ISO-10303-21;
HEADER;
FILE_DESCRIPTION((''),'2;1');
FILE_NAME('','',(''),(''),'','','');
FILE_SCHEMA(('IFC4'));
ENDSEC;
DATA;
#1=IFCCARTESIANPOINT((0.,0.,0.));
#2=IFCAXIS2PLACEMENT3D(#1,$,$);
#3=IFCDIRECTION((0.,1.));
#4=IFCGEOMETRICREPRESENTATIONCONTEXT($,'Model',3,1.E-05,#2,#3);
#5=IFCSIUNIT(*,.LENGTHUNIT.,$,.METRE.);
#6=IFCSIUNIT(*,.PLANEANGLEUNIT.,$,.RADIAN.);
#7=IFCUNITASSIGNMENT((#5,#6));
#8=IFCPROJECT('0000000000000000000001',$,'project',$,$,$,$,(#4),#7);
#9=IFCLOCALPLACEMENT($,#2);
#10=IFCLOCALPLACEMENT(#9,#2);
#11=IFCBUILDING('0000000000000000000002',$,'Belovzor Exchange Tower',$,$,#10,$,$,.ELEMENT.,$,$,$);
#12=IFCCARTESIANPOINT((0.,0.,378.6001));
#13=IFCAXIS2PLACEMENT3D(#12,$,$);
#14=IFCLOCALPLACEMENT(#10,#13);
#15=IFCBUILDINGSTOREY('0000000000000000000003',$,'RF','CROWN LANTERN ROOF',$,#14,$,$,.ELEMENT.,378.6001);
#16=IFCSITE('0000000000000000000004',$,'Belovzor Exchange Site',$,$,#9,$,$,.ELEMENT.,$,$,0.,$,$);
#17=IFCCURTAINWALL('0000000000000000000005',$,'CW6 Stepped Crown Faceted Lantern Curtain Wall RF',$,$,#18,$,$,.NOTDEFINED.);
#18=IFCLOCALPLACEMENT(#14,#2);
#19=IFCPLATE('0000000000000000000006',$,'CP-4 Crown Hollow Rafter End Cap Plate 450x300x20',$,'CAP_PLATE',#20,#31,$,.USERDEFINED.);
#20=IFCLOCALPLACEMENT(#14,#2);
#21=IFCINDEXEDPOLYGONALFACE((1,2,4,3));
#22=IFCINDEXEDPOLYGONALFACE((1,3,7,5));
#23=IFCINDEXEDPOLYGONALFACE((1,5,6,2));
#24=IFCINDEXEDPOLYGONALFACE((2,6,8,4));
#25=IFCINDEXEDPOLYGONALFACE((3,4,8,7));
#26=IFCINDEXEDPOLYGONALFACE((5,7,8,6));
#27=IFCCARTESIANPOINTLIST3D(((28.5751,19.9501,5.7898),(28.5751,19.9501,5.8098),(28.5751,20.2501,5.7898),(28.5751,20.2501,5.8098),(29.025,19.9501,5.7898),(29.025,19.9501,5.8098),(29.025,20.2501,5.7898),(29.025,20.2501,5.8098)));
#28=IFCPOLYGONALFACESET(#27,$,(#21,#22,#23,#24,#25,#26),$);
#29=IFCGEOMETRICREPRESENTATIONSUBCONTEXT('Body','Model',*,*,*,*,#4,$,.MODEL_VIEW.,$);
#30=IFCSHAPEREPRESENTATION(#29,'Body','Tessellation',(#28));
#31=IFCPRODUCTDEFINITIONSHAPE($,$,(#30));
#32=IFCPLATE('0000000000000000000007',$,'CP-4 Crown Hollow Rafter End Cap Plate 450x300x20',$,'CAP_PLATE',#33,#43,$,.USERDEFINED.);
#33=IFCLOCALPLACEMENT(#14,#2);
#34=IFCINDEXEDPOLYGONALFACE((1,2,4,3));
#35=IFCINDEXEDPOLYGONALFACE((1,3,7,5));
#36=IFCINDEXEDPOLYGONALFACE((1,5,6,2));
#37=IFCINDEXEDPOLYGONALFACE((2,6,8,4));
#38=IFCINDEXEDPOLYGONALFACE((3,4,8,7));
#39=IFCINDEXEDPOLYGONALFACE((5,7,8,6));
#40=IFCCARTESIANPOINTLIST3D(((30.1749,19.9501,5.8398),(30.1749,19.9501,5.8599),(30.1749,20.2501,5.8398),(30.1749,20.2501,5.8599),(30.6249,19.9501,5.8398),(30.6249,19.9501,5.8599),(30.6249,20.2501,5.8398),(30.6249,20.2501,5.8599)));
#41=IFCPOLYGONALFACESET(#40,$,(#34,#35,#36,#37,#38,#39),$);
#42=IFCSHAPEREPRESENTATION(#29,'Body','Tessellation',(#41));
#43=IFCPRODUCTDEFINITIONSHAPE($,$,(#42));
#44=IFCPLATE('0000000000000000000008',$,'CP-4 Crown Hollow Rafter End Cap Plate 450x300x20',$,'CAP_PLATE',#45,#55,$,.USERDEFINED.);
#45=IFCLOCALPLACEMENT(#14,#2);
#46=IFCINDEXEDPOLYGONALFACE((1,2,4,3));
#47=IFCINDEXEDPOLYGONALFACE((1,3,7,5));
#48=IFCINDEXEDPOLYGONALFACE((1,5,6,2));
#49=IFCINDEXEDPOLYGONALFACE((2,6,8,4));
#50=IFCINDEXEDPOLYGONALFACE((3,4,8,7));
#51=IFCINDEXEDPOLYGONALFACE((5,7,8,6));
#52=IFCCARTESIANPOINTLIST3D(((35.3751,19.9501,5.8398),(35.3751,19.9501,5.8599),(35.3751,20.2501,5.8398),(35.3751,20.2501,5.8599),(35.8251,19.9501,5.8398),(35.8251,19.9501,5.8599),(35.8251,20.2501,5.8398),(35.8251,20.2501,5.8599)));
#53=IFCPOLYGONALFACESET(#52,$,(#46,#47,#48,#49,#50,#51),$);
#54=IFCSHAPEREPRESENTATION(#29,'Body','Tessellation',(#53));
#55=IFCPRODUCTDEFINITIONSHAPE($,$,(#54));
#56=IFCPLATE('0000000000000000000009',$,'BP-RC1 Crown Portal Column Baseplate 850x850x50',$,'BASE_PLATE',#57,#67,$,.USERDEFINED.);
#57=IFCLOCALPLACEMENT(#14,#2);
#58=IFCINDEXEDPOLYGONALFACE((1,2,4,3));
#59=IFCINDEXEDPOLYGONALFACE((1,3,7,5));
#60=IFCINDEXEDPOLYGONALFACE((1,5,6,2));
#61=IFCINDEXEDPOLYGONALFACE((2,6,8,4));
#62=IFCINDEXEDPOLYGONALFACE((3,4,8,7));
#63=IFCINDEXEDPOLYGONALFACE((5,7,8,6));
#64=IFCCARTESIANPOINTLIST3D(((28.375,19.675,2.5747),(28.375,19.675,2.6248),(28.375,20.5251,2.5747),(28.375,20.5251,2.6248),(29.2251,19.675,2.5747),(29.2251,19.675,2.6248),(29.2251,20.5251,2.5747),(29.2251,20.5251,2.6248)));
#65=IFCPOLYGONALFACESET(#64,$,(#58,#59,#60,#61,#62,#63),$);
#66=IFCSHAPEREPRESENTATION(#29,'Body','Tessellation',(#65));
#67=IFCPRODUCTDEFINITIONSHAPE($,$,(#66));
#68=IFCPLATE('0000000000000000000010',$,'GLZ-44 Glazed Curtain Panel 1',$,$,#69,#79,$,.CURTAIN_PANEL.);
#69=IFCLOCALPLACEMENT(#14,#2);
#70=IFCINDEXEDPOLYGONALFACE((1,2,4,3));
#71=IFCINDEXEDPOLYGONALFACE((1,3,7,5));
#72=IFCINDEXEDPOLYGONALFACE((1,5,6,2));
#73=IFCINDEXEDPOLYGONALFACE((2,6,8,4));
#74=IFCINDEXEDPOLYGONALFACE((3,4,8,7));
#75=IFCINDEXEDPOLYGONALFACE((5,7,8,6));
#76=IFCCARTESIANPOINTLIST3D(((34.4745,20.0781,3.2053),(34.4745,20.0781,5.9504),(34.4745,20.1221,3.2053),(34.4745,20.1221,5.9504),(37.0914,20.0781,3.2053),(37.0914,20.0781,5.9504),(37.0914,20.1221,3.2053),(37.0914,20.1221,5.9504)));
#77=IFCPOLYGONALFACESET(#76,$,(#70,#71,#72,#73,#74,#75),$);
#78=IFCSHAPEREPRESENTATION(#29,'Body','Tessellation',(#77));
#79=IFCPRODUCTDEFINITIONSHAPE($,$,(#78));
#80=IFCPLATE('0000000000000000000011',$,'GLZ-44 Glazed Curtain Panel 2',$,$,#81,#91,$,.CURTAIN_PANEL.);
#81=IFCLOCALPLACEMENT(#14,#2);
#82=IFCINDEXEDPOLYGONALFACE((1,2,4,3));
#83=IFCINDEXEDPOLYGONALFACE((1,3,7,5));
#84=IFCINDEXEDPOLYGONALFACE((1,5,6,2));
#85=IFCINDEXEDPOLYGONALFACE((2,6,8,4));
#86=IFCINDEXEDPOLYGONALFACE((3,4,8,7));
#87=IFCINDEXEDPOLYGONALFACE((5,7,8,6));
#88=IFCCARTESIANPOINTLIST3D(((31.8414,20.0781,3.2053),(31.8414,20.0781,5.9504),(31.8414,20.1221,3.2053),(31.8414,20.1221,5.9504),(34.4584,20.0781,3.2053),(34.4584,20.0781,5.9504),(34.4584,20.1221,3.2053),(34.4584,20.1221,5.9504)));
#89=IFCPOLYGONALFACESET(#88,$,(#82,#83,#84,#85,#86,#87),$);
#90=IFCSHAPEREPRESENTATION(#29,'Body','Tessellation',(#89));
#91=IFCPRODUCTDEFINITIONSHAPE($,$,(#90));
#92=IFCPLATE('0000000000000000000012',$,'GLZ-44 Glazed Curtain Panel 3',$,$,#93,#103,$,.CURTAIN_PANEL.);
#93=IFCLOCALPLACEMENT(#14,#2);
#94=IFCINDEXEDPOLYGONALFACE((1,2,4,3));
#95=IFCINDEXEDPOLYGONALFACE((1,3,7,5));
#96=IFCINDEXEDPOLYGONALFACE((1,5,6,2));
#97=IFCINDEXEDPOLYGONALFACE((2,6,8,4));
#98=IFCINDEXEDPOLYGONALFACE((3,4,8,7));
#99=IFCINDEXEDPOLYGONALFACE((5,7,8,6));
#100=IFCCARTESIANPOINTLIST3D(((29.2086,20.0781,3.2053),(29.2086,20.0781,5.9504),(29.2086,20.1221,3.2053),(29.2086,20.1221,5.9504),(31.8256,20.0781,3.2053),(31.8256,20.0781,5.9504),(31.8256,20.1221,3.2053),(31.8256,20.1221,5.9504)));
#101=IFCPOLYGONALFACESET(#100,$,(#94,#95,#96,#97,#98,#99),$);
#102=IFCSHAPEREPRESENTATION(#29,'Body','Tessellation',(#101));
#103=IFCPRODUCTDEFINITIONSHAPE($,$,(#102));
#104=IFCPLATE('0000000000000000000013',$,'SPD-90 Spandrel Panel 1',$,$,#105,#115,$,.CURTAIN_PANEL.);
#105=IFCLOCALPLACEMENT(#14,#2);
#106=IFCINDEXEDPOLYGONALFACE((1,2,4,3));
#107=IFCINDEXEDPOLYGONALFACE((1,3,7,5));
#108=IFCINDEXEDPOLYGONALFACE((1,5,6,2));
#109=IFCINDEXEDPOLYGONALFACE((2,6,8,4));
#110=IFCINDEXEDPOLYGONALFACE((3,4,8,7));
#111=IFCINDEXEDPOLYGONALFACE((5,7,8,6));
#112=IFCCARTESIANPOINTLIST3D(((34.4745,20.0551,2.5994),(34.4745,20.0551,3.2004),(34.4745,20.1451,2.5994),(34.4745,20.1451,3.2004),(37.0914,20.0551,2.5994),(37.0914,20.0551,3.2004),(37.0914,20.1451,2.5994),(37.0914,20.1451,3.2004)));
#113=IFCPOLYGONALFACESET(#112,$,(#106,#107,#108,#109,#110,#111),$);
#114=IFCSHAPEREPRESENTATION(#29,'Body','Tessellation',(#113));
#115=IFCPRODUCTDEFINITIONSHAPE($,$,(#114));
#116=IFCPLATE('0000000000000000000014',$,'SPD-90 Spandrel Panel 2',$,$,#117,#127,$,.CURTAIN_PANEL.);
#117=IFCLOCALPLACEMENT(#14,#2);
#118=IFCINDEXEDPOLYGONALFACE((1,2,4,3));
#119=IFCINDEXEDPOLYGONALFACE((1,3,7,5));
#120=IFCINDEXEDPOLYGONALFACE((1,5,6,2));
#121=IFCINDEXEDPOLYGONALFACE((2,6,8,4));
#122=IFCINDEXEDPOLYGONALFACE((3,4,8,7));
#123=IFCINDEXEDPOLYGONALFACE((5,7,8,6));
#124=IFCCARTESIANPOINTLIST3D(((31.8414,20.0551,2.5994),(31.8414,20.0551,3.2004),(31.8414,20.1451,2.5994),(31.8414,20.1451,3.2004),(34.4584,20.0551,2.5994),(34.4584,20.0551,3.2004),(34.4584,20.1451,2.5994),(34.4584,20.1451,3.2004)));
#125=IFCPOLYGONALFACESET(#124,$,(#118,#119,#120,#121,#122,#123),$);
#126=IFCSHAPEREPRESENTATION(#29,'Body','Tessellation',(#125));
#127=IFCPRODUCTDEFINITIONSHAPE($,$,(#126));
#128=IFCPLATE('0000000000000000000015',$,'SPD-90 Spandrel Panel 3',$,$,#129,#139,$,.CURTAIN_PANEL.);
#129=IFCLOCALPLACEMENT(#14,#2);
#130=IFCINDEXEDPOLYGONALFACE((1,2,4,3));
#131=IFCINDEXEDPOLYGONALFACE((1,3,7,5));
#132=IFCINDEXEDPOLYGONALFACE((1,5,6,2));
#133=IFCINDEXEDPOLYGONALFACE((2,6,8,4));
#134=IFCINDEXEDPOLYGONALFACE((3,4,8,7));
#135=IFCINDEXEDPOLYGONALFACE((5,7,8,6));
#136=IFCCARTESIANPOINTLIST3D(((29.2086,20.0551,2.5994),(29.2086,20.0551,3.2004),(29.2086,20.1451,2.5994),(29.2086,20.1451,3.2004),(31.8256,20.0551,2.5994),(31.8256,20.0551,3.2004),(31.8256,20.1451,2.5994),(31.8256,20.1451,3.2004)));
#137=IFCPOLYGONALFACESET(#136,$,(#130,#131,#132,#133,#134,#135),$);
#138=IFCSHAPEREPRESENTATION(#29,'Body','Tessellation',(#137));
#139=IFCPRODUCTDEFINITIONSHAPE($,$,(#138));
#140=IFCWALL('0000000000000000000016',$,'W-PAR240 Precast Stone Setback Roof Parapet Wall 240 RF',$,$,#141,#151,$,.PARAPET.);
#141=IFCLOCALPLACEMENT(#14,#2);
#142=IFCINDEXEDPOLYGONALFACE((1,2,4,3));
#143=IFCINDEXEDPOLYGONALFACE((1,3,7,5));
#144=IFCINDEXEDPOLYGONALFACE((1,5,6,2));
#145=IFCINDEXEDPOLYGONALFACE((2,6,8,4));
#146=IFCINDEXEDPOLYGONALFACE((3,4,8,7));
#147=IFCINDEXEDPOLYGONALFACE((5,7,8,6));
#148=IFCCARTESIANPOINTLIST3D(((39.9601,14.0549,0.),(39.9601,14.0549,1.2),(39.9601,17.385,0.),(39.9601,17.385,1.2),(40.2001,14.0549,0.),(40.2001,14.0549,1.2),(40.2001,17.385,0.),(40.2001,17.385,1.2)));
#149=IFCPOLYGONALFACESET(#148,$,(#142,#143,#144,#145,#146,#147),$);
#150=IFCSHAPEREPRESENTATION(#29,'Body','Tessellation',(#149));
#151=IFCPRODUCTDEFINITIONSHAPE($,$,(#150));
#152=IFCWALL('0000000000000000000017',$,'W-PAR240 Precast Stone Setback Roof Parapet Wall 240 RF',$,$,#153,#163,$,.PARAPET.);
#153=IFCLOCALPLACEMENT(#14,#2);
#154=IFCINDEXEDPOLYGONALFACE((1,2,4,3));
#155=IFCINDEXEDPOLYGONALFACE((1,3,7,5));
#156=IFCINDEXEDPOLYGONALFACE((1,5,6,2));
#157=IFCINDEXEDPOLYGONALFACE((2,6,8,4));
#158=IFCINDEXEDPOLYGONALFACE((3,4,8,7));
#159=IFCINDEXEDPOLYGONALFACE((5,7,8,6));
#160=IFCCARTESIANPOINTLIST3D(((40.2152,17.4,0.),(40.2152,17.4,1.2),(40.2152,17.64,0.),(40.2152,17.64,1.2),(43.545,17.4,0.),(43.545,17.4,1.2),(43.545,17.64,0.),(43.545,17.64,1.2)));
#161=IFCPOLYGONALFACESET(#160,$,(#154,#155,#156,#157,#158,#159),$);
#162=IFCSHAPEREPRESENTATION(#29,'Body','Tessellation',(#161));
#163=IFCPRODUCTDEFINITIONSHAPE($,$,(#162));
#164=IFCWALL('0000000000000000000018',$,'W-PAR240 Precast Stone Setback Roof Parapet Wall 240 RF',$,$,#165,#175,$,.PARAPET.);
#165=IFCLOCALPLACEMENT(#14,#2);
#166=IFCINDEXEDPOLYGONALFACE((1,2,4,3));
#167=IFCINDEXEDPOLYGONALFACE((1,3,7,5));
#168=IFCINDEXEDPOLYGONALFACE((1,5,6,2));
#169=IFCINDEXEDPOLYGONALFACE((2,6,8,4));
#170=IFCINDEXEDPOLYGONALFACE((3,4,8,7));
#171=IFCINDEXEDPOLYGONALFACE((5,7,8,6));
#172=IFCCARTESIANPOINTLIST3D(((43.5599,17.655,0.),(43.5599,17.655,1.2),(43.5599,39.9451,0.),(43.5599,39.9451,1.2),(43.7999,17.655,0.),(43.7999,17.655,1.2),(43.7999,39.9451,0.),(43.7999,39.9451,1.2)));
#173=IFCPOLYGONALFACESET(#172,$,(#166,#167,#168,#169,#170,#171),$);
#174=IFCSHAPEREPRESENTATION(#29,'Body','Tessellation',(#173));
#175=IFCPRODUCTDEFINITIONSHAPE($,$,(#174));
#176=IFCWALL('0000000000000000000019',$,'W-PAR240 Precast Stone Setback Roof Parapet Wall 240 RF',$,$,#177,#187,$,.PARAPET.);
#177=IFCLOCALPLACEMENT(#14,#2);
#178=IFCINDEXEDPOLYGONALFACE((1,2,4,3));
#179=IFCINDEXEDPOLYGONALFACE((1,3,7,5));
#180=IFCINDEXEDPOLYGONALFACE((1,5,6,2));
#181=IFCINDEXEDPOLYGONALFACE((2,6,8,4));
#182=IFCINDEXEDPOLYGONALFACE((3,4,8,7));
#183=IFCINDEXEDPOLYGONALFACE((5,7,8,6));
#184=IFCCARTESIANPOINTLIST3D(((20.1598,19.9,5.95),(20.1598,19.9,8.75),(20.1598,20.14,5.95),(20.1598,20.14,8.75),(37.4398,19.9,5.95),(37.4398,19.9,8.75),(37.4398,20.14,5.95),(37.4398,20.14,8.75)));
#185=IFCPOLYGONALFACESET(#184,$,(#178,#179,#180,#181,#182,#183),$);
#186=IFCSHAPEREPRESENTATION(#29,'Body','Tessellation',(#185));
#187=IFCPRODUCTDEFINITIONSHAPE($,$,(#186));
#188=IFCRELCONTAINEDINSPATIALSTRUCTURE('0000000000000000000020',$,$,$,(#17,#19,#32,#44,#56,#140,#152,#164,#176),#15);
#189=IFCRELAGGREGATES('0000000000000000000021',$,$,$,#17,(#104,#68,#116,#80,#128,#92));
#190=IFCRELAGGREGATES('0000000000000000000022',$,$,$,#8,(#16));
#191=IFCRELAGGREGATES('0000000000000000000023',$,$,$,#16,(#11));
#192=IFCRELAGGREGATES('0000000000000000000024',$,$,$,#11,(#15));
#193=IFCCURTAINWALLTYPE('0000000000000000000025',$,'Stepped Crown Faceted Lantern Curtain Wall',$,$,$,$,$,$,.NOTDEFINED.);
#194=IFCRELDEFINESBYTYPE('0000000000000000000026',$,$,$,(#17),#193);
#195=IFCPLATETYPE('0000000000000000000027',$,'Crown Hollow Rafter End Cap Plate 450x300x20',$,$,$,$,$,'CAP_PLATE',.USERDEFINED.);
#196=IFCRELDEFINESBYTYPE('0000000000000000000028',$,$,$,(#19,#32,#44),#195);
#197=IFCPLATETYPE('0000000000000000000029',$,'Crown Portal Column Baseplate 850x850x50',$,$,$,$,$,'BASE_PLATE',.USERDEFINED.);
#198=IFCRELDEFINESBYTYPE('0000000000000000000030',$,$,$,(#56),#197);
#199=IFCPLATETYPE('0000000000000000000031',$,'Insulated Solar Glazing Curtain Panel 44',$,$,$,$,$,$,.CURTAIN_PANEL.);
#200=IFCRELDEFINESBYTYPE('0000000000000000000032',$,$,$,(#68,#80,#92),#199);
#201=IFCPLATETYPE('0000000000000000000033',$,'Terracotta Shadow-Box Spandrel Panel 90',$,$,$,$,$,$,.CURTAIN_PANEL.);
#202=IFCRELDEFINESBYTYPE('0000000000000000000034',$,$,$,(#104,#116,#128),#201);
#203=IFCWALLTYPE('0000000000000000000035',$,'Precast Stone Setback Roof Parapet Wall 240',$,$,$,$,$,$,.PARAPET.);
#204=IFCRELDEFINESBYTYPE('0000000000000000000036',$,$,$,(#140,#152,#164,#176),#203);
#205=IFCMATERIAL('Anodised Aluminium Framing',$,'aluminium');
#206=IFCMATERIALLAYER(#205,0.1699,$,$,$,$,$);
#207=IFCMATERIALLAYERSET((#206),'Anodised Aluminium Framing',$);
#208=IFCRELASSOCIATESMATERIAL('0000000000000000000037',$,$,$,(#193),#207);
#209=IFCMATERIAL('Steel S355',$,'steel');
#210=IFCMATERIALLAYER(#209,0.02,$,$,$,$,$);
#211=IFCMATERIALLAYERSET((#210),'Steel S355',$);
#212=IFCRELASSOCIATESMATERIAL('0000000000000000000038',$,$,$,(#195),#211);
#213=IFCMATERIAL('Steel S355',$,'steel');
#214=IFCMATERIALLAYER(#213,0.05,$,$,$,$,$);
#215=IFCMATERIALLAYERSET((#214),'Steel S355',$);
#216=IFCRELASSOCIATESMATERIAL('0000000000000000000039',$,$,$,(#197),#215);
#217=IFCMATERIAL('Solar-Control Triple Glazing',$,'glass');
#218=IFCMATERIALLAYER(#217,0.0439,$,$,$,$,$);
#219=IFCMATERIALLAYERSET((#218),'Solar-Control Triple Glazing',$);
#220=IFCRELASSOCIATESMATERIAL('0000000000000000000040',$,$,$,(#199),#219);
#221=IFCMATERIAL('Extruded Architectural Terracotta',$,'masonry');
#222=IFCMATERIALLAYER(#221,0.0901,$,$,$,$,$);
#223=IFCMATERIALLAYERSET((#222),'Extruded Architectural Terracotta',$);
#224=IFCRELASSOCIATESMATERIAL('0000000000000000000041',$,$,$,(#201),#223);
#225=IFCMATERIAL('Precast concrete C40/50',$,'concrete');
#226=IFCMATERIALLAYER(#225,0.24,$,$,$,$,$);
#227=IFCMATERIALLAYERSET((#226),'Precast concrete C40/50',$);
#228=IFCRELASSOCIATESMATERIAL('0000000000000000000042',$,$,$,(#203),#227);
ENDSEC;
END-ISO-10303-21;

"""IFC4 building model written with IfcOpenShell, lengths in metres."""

from ifc_helpers import new_model, si_unit, direction, frame, frame_2d, origin, origin_2d, place, context, subcontext, project, spatial, rectangle, extrude, material, layer, layer_set, type_object, element, aggregate, save


model = new_model("IFC4")

# Units and contexts
model_context = context("Model", 3, precision=1e-05, world=origin(), true_north=direction((0.0, 1.0)))
body_context = subcontext(model_context, "Body", "Model", "MODEL_VIEW")
ifc_project = project(units=[si_unit("LENGTHUNIT", "METRE"), si_unit("PLANEANGLEUNIT", "RADIAN")], contexts=[model_context])

# Site, building, storey
site_placement = place(None, origin())
site = spatial("IfcSite", under=ifc_project, at=site_placement, Name="Belovzor Exchange Site", CompositionType="ELEMENT", RefElevation=0.0)
building_placement = place(site_placement, origin())
building = spatial("IfcBuilding", under=site, at=building_placement, Name="Belovzor Exchange Tower", CompositionType="ELEMENT")
storey_placement = place(building_placement, frame((0.0, 0.0, 378.6001)))
storey = spatial("IfcBuildingStorey", under=building, at=storey_placement, Name="RF", Description="CROWN LANTERN ROOF", CompositionType="ELEMENT", Elevation=378.6001)

# Curtain wall
ifc_material_1 = material(Name="Anodised Aluminium Framing", Category="aluminium")
ifc_layer_1 = layer(ifc_material_1, 0.1699)
ifc_layer_set_1 = layer_set([ifc_layer_1], Name="Anodised Aluminium Framing")
curtain_wall_type = type_object("IfcCurtainWallType", Name="Stepped Crown Faceted Lantern Curtain Wall", PredefinedType="NOTDEFINED", material=ifc_layer_set_1)
curtain_wall_placement = place(storey_placement, origin())
curtain_wall = element("IfcCurtainWall", 1, at=curtain_wall_placement, inside=storey, type_object=curtain_wall_type, Name="CW6 Stepped Crown Faceted Lantern Curtain Wall RF", PredefinedType="NOTDEFINED")

# Plates
ifc_material_2 = material(Name="Steel S355", Category="steel")
ifc_layer_2 = layer(ifc_material_2, 0.02)
ifc_layer_set_2 = layer_set([ifc_layer_2], Name="Steel S355")
plate_type_1 = type_object("IfcPlateType", Name="Crown Hollow Rafter End Cap Plate 450x300x20", ElementType="CAP_PLATE", PredefinedType="USERDEFINED", material=ifc_layer_set_2)
for number, where, z_axis, x_axis, name in (
    (2, (28.8, 20.1001, 5.7898), (0.0, 0.0, 1.0), (1.0, 0.0, 0.0), "CP-4 Crown Hollow Rafter End Cap Plate 450x300x20"),
    (3, (30.3999, 20.1001, 5.8398), (0.0, 0.0, 1.0), (1.0, 0.0, 0.0), "CP-4 Crown Hollow Rafter End Cap Plate 450x300x20"),
    (4, (35.6001, 20.1001, 5.8398), (0.0, 0.0, 1.0), (1.0, 0.0, 0.0), "CP-4 Crown Hollow Rafter End Cap Plate 450x300x20"),
):
    element("IfcPlate", number, at=place(storey_placement, frame(where, z_axis=z_axis, x_axis=x_axis)), inside=storey, type_object=plate_type_1, Name=name, ObjectType="CAP_PLATE", PredefinedType="USERDEFINED", context=body_context, shape_type="SweptSolid", body=[
        extrude(rectangle(XDim=0.45, YDim=0.3, at=origin_2d()), origin(), (0.0, 0.0, 1.0), 0.02),
    ])
ifc_material_3 = material(Name="Steel S355", Category="steel")
ifc_layer_3 = layer(ifc_material_3, 0.05)
ifc_layer_set_3 = layer_set([ifc_layer_3], Name="Steel S355")
plate_type_2 = type_object("IfcPlateType", Name="Crown Portal Column Baseplate 850x850x50", ElementType="BASE_PLATE", PredefinedType="USERDEFINED", material=ifc_layer_set_3)
plate_1_placement = place(storey_placement, frame((28.8, 20.1001, 2.5747), z_axis=(0.0, 0.0, 1.0), x_axis=(1.0, 0.0, 0.0)))
element("IfcPlate", 5, at=plate_1_placement, inside=storey, type_object=plate_type_2, Name="BP-RC1 Crown Portal Column Baseplate 850x850x50", ObjectType="BASE_PLATE", PredefinedType="USERDEFINED", context=body_context, shape_type="SweptSolid", body=[
    extrude(rectangle(XDim=0.8501, YDim=0.8501, at=origin_2d()), origin(), (0.0, 0.0, 1.0), 0.05),
])

# Plates
ifc_material_4 = material(Name="Solar-Control Triple Glazing", Category="glass")
ifc_layer_4 = layer(ifc_material_4, 0.0439)
ifc_layer_set_4 = layer_set([ifc_layer_4], Name="Solar-Control Triple Glazing")
plate_type_3 = type_object("IfcPlateType", Name="Insulated Solar Glazing Curtain Panel 44", PredefinedType="CURTAIN_PANEL", material=ifc_layer_set_4)
plate_2_placement = place(storey_placement, frame((35.783, 20.1001, 3.2053), z_axis=(0.0, 0.0, 1.0), x_axis=(-1.0, 0.0, 0.0)))
plate_2 = element("IfcPlate", 6, at=plate_2_placement, type_object=plate_type_3, Name="GLZ-44 Glazed Curtain Panel 1", PredefinedType="CURTAIN_PANEL", context=body_context, shape_type="SweptSolid", body=[
    extrude(rectangle(XDim=2.6169, YDim=0.0439, at=origin_2d()), origin(), (0.0, 0.0, 1.0), 2.7451),
])
plate_3_placement = place(storey_placement, frame((33.1499, 20.1001, 3.2053), z_axis=(0.0, 0.0, 1.0), x_axis=(-1.0, 0.0, 0.0)))
plate_3 = element("IfcPlate", 7, at=plate_3_placement, type_object=plate_type_3, Name="GLZ-44 Glazed Curtain Panel 2", PredefinedType="CURTAIN_PANEL", context=body_context, shape_type="SweptSolid", body=[
    extrude(rectangle(XDim=2.6169, YDim=0.0439, at=origin_2d()), origin(), (0.0, 0.0, 1.0), 2.7451),
])
plate_4_placement = place(storey_placement, frame((30.5171, 20.1001, 3.2053), z_axis=(0.0, 0.0, 1.0), x_axis=(-1.0, 0.0, 0.0)))
plate_4 = element("IfcPlate", 8, at=plate_4_placement, type_object=plate_type_3, Name="GLZ-44 Glazed Curtain Panel 3", PredefinedType="CURTAIN_PANEL", context=body_context, shape_type="SweptSolid", body=[
    extrude(rectangle(XDim=2.6169, YDim=0.0439, at=origin_2d()), origin(), (0.0, 0.0, 1.0), 2.7451),
])
ifc_material_5 = material(Name="Extruded Architectural Terracotta", Category="masonry")
ifc_layer_5 = layer(ifc_material_5, 0.0901)
ifc_layer_set_5 = layer_set([ifc_layer_5], Name="Extruded Architectural Terracotta")
plate_type_4 = type_object("IfcPlateType", Name="Terracotta Shadow-Box Spandrel Panel 90", PredefinedType="CURTAIN_PANEL", material=ifc_layer_set_5)
plate_5_placement = place(storey_placement, frame((35.783, 20.1001, 2.5994), z_axis=(0.0, 0.0, 1.0), x_axis=(-1.0, 0.0, 0.0)))
plate_5 = element("IfcPlate", 9, at=plate_5_placement, type_object=plate_type_4, Name="SPD-90 Spandrel Panel 1", PredefinedType="CURTAIN_PANEL", context=body_context, shape_type="SweptSolid", body=[
    extrude(rectangle(XDim=2.6169, YDim=0.0901, at=origin_2d()), origin(), (0.0, 0.0, 1.0), 0.6011),
])
plate_6_placement = place(storey_placement, frame((33.1499, 20.1001, 2.5994), z_axis=(0.0, 0.0, 1.0), x_axis=(-1.0, 0.0, 0.0)))
plate_6 = element("IfcPlate", 10, at=plate_6_placement, type_object=plate_type_4, Name="SPD-90 Spandrel Panel 2", PredefinedType="CURTAIN_PANEL", context=body_context, shape_type="SweptSolid", body=[
    extrude(rectangle(XDim=2.6169, YDim=0.0901, at=origin_2d()), origin(), (0.0, 0.0, 1.0), 0.6011),
])
plate_7_placement = place(storey_placement, frame((30.5171, 20.1001, 2.5994), z_axis=(0.0, 0.0, 1.0), x_axis=(-1.0, 0.0, 0.0)))
plate_7 = element("IfcPlate", 11, at=plate_7_placement, type_object=plate_type_4, Name="SPD-90 Spandrel Panel 3", PredefinedType="CURTAIN_PANEL", context=body_context, shape_type="SweptSolid", body=[
    extrude(rectangle(XDim=2.6169, YDim=0.0901, at=origin_2d()), origin(), (0.0, 0.0, 1.0), 0.6011),
])
aggregate(curtain_wall, [plate_5, plate_2, plate_6, plate_3, plate_7, plate_4])

# Walls
ifc_material_6 = material(Name="Precast concrete C40/50", Category="concrete")
ifc_layer_6 = layer(ifc_material_6, 0.24)
ifc_layer_set_6 = layer_set([ifc_layer_6], Name="Precast concrete C40/50")
wall_type = type_object("IfcWallType", Name="Precast Stone Setback Roof Parapet Wall 240", PredefinedType="PARAPET", material=ifc_layer_set_6)
wall_1_placement = place(storey_placement, frame((40.0801, 14.0549, 0.0), z_axis=(0.0, 0.0, 1.0), x_axis=(0.0, 1.0, 0.0)))
element("IfcWall", 12, at=wall_1_placement, inside=storey, type_object=wall_type, Name="W-PAR240 Precast Stone Setback Roof Parapet Wall 240 RF", PredefinedType="PARAPET", context=body_context, shape_type="SweptSolid", body=[
    extrude(rectangle(XDim=3.3301, YDim=0.24, at=frame_2d((1.665, 0.0))), origin(), (0.0, 0.0, 1.0), 1.2),
])
wall_2_placement = place(storey_placement, frame((40.2151, 17.52, 0.0), z_axis=(0.0, 0.0, 1.0), x_axis=(1.0, 0.0, 0.0)))
element("IfcWall", 13, at=wall_2_placement, inside=storey, type_object=wall_type, Name="W-PAR240 Precast Stone Setback Roof Parapet Wall 240 RF", PredefinedType="PARAPET", context=body_context, shape_type="SweptSolid", body=[
    extrude(rectangle(XDim=3.3298, YDim=0.24, at=frame_2d((1.665, 0.0))), origin(), (0.0, 0.0, 1.0), 1.2),
])
wall_3_placement = place(storey_placement, frame((43.6799, 17.655, 0.0), z_axis=(0.0, 0.0, 1.0), x_axis=(0.0, 1.0, 0.0)))
element("IfcWall", 14, at=wall_3_placement, inside=storey, type_object=wall_type, Name="W-PAR240 Precast Stone Setback Roof Parapet Wall 240 RF", PredefinedType="PARAPET", context=body_context, shape_type="SweptSolid", body=[
    extrude(rectangle(XDim=22.29, YDim=0.24, at=frame_2d((11.145, 0.0))), origin(), (0.0, 0.0, 1.0), 1.2),
])
wall_4_placement = place(storey_placement, frame((37.4399, 20.02, 5.95), z_axis=(0.0, 0.0, 1.0), x_axis=(-1.0, 0.0, 0.0)))
element("IfcWall", 15, at=wall_4_placement, inside=storey, type_object=wall_type, Name="W-PAR240 Precast Stone Setback Roof Parapet Wall 240 RF", PredefinedType="PARAPET", context=body_context, shape_type="SweptSolid", body=[
    extrude(rectangle(XDim=17.28, YDim=0.24, at=frame_2d((8.6401, 0.0))), origin(), (0.0, 0.0, 1.0), 2.8),
])

save(model, "model.ifc")
